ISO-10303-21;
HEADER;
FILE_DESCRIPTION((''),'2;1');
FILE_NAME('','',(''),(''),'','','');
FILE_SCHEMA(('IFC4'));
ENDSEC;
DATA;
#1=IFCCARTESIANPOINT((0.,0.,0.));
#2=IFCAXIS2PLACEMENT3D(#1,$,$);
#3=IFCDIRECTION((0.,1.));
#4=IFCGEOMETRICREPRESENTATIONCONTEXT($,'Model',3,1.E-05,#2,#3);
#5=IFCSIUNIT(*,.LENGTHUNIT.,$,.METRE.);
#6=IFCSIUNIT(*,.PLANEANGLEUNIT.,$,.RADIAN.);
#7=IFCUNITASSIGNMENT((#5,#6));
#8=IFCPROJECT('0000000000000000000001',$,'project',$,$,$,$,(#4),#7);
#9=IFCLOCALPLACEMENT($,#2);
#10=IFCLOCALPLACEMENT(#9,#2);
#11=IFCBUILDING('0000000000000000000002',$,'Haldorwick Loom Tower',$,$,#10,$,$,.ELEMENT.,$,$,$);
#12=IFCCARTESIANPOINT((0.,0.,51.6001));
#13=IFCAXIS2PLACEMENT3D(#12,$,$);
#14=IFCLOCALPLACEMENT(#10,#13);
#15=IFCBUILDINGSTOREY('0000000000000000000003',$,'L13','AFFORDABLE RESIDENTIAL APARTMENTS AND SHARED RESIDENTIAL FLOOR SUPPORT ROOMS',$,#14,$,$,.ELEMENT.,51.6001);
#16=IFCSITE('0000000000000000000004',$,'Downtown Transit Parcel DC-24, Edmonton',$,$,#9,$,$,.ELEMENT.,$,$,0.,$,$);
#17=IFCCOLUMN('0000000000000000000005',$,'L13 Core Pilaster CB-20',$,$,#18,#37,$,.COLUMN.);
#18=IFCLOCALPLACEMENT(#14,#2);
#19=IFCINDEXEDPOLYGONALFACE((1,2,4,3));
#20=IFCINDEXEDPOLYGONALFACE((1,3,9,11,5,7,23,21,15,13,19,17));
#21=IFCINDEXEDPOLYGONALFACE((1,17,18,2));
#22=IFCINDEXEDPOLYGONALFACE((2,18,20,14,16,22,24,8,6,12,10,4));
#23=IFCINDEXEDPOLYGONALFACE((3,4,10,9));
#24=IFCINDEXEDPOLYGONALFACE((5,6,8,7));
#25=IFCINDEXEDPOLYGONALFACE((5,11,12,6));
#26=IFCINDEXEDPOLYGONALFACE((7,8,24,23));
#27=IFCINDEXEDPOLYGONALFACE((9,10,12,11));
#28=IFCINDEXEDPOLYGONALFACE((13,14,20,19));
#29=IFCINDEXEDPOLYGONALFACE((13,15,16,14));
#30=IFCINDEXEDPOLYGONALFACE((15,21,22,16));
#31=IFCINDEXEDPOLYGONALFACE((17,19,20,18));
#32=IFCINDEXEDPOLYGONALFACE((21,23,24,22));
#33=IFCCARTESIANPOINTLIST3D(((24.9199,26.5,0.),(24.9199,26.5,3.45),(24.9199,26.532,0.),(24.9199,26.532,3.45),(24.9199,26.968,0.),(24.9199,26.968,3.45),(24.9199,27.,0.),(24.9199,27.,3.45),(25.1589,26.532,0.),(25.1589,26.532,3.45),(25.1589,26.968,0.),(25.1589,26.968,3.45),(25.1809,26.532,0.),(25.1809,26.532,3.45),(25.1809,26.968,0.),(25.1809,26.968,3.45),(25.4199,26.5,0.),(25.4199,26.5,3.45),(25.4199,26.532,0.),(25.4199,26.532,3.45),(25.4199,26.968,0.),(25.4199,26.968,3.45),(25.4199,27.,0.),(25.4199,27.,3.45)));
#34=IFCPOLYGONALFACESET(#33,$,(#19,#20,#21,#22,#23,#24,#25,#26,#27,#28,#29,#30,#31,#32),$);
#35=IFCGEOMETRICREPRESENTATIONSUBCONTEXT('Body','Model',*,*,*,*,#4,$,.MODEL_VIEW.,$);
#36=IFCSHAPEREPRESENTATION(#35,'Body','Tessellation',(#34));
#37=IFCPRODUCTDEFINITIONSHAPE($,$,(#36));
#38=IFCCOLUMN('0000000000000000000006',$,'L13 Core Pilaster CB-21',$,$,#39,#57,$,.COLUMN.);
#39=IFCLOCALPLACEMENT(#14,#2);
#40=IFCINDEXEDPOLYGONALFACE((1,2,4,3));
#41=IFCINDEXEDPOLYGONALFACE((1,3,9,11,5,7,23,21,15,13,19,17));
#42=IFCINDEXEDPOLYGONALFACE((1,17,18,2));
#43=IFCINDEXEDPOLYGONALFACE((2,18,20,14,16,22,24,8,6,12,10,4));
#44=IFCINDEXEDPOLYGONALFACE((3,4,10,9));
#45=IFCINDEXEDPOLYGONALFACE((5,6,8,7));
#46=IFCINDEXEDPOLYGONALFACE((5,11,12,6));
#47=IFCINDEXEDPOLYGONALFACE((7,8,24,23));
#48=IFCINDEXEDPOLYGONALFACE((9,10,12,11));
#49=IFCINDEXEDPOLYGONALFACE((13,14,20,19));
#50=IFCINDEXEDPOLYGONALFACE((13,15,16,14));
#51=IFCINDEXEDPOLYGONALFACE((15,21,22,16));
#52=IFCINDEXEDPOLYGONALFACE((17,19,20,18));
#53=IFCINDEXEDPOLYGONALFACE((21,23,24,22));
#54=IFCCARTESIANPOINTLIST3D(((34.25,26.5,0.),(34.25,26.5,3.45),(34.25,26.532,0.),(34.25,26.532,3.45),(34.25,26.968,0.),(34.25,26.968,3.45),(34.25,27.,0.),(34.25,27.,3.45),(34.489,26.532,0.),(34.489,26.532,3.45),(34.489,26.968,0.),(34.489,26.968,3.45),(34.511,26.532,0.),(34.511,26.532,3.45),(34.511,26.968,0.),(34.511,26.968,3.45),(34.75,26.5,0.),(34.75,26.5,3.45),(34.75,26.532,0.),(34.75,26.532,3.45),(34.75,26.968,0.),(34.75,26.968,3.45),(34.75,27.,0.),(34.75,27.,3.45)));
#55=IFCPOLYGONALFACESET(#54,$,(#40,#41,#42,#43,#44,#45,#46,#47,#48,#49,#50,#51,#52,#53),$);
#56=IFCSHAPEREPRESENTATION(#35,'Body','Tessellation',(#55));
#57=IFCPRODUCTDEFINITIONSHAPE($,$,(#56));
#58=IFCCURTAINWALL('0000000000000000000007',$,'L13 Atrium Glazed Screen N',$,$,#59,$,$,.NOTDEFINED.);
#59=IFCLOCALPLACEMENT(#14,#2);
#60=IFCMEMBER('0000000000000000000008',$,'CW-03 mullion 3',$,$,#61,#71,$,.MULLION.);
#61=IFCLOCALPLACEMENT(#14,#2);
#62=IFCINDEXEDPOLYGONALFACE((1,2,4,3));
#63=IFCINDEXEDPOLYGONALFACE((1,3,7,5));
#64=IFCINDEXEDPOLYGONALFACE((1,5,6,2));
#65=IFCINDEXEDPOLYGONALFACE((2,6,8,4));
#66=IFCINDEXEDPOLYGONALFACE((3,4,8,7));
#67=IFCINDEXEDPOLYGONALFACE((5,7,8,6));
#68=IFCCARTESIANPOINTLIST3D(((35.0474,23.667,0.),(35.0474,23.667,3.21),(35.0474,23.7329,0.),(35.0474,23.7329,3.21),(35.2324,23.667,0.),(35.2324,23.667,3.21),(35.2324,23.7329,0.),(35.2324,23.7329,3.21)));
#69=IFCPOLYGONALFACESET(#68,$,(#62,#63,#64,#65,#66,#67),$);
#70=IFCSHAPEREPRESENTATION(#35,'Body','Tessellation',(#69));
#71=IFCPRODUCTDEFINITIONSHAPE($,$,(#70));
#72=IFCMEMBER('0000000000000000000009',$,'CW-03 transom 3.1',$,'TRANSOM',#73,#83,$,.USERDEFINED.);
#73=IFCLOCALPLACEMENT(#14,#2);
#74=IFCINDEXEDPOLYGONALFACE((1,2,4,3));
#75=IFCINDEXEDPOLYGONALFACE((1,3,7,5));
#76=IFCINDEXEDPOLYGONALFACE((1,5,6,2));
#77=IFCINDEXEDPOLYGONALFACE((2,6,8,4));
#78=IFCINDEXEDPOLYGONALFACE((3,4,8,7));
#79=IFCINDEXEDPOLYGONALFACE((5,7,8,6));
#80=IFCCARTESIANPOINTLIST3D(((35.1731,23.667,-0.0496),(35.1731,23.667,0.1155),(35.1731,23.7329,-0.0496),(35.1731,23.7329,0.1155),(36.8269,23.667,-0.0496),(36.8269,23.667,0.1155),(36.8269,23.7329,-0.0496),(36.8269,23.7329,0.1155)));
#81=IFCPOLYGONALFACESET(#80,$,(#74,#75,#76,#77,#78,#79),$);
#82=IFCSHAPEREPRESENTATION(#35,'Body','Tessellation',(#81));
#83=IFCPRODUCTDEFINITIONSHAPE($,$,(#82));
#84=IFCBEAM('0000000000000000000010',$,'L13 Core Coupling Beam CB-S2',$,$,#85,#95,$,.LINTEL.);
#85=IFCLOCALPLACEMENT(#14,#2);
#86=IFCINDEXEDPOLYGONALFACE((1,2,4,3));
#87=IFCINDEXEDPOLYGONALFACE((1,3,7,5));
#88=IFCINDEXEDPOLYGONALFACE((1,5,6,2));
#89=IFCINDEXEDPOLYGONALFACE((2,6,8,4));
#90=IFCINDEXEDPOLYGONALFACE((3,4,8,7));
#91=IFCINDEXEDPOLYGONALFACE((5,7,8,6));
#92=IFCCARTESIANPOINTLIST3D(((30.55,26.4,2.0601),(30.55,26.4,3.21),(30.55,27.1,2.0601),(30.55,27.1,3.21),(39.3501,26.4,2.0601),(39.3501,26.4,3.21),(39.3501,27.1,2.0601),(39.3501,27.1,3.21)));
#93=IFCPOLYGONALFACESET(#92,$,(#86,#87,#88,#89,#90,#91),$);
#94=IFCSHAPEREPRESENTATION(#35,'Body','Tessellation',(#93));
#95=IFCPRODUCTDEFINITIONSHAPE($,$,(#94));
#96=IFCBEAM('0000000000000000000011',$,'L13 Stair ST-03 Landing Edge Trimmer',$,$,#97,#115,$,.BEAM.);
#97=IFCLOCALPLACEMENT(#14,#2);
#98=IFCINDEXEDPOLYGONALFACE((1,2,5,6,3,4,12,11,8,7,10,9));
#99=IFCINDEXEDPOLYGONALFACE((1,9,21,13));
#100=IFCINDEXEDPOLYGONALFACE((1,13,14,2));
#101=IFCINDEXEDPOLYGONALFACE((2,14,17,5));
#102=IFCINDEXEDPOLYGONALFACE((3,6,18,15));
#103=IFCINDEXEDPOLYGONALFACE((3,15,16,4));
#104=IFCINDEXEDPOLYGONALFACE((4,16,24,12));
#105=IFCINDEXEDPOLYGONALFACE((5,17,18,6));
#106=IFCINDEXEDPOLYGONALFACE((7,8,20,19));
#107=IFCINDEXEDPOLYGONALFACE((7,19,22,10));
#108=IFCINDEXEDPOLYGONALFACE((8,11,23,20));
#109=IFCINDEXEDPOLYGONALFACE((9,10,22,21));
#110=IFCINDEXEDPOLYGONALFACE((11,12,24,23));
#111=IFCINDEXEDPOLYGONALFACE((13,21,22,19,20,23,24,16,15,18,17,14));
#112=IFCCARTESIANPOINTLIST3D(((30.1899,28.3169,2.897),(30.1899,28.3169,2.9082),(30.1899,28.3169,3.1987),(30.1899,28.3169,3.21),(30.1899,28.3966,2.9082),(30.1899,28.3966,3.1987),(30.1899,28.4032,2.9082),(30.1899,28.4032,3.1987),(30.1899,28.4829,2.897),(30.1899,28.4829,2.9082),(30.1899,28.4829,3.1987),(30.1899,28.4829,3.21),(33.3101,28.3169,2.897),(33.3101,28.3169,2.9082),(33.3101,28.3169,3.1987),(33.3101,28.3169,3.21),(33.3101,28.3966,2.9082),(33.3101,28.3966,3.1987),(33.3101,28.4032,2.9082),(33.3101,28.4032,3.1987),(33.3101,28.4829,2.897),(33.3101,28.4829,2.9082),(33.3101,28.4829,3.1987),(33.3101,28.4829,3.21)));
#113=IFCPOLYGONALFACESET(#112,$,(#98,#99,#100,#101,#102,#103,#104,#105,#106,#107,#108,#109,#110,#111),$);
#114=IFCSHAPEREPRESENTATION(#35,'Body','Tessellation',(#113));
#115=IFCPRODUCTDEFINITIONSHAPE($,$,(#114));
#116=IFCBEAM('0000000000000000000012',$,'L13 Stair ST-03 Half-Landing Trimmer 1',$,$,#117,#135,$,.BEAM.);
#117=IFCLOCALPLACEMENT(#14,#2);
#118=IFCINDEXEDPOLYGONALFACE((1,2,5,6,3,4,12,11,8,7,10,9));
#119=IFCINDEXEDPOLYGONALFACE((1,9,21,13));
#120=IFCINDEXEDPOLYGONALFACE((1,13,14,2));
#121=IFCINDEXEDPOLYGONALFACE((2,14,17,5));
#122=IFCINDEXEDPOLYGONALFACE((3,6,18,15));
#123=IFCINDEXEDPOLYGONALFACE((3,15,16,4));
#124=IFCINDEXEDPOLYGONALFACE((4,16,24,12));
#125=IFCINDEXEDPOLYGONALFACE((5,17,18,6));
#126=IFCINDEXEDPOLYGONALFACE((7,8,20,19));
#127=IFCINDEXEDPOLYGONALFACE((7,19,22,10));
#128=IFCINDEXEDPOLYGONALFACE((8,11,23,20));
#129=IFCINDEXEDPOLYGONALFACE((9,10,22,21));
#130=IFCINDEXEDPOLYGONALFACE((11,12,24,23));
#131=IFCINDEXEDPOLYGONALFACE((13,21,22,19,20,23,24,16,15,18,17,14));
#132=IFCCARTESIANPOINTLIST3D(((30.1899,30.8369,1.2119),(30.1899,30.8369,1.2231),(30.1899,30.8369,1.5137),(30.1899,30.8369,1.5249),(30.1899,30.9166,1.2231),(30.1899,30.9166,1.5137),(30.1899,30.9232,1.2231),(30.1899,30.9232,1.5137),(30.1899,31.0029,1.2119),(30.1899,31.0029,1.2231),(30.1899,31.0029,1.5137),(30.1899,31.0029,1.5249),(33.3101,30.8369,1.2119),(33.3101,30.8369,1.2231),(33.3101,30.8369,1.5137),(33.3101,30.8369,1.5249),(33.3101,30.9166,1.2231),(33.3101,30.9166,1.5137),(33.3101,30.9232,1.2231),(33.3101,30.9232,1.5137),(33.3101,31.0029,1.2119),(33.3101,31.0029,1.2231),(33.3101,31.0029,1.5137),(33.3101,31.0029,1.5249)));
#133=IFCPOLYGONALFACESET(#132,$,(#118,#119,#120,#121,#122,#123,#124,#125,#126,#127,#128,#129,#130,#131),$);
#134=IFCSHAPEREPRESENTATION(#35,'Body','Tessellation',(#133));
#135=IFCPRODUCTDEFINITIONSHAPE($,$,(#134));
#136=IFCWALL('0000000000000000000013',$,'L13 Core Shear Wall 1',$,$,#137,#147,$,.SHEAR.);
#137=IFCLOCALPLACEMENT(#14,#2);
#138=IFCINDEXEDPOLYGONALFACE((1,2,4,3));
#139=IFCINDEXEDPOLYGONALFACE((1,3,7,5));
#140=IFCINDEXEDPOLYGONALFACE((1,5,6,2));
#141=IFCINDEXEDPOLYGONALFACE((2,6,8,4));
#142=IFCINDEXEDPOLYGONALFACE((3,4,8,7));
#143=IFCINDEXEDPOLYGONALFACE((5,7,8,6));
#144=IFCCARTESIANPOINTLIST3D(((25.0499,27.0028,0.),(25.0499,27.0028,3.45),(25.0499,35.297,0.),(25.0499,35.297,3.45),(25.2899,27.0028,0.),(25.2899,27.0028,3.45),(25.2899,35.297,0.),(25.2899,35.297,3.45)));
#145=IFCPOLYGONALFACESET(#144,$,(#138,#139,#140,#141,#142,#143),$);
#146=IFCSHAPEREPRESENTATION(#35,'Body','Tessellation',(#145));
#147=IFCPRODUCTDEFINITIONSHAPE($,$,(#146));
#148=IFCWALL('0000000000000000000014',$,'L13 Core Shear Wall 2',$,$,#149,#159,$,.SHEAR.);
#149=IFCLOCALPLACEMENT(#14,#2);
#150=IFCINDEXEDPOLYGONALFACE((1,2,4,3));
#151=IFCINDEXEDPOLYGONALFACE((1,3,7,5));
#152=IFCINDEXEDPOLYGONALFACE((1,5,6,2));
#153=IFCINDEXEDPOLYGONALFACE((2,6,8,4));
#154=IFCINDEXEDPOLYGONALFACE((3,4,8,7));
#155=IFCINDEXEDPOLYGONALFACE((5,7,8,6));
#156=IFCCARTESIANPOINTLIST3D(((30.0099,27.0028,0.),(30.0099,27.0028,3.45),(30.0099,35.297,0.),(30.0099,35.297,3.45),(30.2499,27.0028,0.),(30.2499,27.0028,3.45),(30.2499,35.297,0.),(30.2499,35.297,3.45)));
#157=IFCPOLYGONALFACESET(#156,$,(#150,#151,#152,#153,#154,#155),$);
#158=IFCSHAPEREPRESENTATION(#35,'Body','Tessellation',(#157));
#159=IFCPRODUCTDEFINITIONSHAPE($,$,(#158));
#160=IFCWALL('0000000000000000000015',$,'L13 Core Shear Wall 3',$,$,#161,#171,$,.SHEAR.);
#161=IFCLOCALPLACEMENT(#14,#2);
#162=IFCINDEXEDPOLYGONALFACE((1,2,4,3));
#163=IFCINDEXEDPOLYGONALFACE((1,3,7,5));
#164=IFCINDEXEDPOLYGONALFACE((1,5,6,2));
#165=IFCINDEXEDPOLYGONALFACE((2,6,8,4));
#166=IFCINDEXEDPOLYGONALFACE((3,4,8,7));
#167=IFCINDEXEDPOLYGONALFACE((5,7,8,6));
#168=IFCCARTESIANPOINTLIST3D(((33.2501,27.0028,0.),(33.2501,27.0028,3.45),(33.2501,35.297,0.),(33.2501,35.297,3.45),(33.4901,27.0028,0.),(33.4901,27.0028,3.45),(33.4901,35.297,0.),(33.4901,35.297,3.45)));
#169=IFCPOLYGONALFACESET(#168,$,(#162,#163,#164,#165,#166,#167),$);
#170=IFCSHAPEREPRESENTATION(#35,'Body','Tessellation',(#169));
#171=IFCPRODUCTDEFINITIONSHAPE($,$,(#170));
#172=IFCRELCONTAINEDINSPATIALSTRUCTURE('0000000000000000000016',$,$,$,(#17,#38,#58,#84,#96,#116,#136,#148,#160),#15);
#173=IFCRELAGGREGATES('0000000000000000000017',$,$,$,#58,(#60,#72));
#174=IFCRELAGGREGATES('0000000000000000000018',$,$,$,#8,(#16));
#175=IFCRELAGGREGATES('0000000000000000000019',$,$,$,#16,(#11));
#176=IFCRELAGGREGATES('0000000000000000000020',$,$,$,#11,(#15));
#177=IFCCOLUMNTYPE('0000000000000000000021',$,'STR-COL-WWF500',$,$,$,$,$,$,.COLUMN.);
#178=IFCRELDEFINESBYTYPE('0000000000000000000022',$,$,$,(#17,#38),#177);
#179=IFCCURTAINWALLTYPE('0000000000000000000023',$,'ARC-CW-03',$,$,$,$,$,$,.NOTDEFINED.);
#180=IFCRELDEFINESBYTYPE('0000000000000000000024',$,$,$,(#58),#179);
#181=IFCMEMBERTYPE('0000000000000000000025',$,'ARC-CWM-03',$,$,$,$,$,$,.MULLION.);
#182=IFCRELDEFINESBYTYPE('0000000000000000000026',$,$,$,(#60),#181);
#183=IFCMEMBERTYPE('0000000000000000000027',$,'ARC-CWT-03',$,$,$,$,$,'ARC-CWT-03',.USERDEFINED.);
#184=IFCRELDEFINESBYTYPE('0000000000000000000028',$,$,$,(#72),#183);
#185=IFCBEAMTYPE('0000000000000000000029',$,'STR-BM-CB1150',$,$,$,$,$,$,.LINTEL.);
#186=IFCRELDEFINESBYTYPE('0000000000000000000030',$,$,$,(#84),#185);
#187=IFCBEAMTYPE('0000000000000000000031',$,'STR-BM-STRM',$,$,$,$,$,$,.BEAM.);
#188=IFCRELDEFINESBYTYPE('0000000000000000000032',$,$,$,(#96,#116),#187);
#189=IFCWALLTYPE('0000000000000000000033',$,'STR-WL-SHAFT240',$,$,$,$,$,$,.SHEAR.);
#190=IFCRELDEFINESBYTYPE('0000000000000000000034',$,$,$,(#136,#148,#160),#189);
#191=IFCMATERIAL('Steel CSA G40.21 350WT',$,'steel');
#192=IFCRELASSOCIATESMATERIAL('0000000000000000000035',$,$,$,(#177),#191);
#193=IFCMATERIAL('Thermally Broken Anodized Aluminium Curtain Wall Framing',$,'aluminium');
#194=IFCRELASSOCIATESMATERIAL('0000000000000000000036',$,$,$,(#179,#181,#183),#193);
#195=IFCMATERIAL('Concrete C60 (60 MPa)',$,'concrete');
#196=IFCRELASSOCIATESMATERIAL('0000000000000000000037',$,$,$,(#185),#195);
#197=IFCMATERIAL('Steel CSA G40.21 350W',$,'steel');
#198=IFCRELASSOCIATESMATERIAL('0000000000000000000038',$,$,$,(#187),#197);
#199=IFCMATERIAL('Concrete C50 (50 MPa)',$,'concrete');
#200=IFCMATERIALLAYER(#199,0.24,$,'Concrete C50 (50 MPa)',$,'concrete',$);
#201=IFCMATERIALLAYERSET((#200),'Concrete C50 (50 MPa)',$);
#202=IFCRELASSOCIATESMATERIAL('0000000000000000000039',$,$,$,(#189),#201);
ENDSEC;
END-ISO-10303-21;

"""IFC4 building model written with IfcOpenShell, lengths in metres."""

from ifc_helpers import new_model, si_unit, direction, frame, frame_2d, origin, origin_2d, place, context, subcontext, project, spatial, rectangle, i_section, extrude, material, layer, layer_set, material_profile, profile_set, type_object, element, aggregate, save


model = new_model("IFC4")

# Units and contexts
model_context = context("Model", 3, precision=1e-05, world=origin(), true_north=direction((0.0, 1.0)))
body_context = subcontext(model_context, "Body", "Model", "MODEL_VIEW")
ifc_project = project(units=[si_unit("LENGTHUNIT", "METRE"), si_unit("PLANEANGLEUNIT", "RADIAN")], contexts=[model_context])

# Site, building, storey
site_placement = place(None, origin())
site = spatial("IfcSite", under=ifc_project, at=site_placement, Name="Downtown Transit Parcel DC-24, Edmonton", CompositionType="ELEMENT", RefElevation=0.0)
building_placement = place(site_placement, origin())
building = spatial("IfcBuilding", under=site, at=building_placement, Name="Haldorwick Loom Tower", CompositionType="ELEMENT")
storey_placement = place(building_placement, frame((0.0, 0.0, 51.6001)))
storey = spatial("IfcBuildingStorey", under=building, at=storey_placement, Name="L13", Description="AFFORDABLE RESIDENTIAL APARTMENTS AND SHARED RESIDENTIAL FLOOR SUPPORT ROOMS", CompositionType="ELEMENT", Elevation=51.6001)

# Columns
ifc_material_1 = material(Name="Steel CSA G40.21 350WT", Category="steel")
ifc_material_profile_1 = material_profile(ifc_material_1, i_section(OverallWidth=0.5, OverallDepth=0.5, WebThickness=0.022, FlangeThickness=0.032, at=origin_2d()), Name="WWF500X500", Category="steel")
ifc_profile_set_1 = profile_set([ifc_material_profile_1], Name="Steel CSA G40.21 350WT")
column_type = type_object("IfcColumnType", Name="STR-COL-WWF500", PredefinedType="COLUMN", material=ifc_profile_set_1)
for number, where, z_axis, x_axis, name in (
    (1, (25.1699, 26.75, 0.0), (0.0, 0.0, 1.0), (1.0, 0.0, 0.0), "L13 Core Pilaster CB-20"),
    (2, (34.5, 26.75, 0.0), (0.0, 0.0, 1.0), (1.0, 0.0, 0.0), "L13 Core Pilaster CB-21"),
):
    element("IfcColumn", number, at=place(storey_placement, frame(where, z_axis=z_axis, x_axis=x_axis)), inside=storey, type_object=column_type, Name=name, PredefinedType="COLUMN", context=body_context, shape_type="SweptSolid", body=[
        extrude(i_section(OverallWidth=0.5, OverallDepth=0.5, WebThickness=0.022, FlangeThickness=0.032, at=origin_2d()), origin(), (0.0, 0.0, 1.0), 3.45),
    ])

# Curtain wall, members
ifc_material_2 = material(Name="Thermally Broken Anodized Aluminium Curtain Wall Framing", Category="aluminium")
curtain_wall_type = type_object("IfcCurtainWallType", Name="ARC-CW-03", PredefinedType="NOTDEFINED", material=ifc_material_2)
curtain_wall_placement = place(storey_placement, origin())
curtain_wall = element("IfcCurtainWall", 3, at=curtain_wall_placement, inside=storey, type_object=curtain_wall_type, Name="L13 Atrium Glazed Screen N", PredefinedType="NOTDEFINED")
ifc_material_profile_2 = material_profile(ifc_material_2, rectangle(XDim=0.0659, YDim=0.1851, at=origin_2d()), Name="ALU_MUL_66X185", Category="aluminium")
ifc_profile_set_2 = profile_set([ifc_material_profile_2], Name="Thermally Broken Anodized Aluminium Curtain Wall Framing")
member_type_1 = type_object("IfcMemberType", Name="ARC-CWM-03", PredefinedType="MULLION", material=ifc_profile_set_2)
member_1_placement = place(storey_placement, frame((35.1399, 23.7, 0.0), z_axis=(0.0, 0.0, 1.0), x_axis=(0.0, 1.0, 0.0)))
member_1 = element("IfcMember", 4, at=member_1_placement, type_object=member_type_1, Name="CW-03 mullion 3", PredefinedType="MULLION", context=body_context, shape_type="SweptSolid", body=[
    extrude(rectangle(XDim=0.0659, YDim=0.1851, at=origin_2d()), origin(), (0.0, 0.0, 1.0), 3.21),
])
ifc_material_profile_3 = material_profile(ifc_material_2, rectangle(XDim=0.0659, YDim=0.165, at=origin_2d()), Name="ALU_TRN_66X165", Category="aluminium")
ifc_profile_set_3 = profile_set([ifc_material_profile_3], Name="Thermally Broken Anodized Aluminium Curtain Wall Framing")
member_type_2 = type_object("IfcMemberType", Name="ARC-CWT-03", ElementType="ARC-CWT-03", PredefinedType="USERDEFINED", material=ifc_profile_set_3)
member_2_placement = place(storey_placement, frame((35.1731, 23.7, 0.033), z_axis=(1.0, 0.0, 0.0), x_axis=(0.0, 1.0, 0.0)))
member_2 = element("IfcMember", 5, at=member_2_placement, type_object=member_type_2, Name="CW-03 transom 3.1", ObjectType="TRANSOM", PredefinedType="USERDEFINED", context=body_context, shape_type="SweptSolid", body=[
    extrude(rectangle(XDim=0.0659, YDim=0.165, at=origin_2d()), origin(), (0.0, 0.0, 1.0), 1.6538),
])
aggregate(curtain_wall, [member_1, member_2])

# Beams
ifc_material_3 = material(Name="Concrete C60 (60 MPa)", Category="concrete")
ifc_material_profile_4 = material_profile(ifc_material_3, rectangle(XDim=0.7, YDim=1.1499, at=origin_2d()), Name="RC700X1150", Category="concrete")
ifc_profile_set_4 = profile_set([ifc_material_profile_4], Name="Concrete C60 (60 MPa)")
beam_type_1 = type_object("IfcBeamType", Name="STR-BM-CB1150", PredefinedType="LINTEL", material=ifc_profile_set_4)
beam_placement = place(storey_placement, frame((30.55, 26.75, 2.635), z_axis=(1.0, 0.0, 0.0), x_axis=(0.0, 1.0, 0.0)))
element("IfcBeam", 6, at=beam_placement, inside=storey, type_object=beam_type_1, Name="L13 Core Coupling Beam CB-S2", PredefinedType="LINTEL", context=body_context, shape_type="SweptSolid", body=[
    extrude(rectangle(XDim=0.7, YDim=1.1499, at=origin_2d()), origin(), (0.0, 0.0, 1.0), 8.8),
])
ifc_material_4 = material(Name="Steel CSA G40.21 350W", Category="steel")
ifc_material_profile_5 = material_profile(ifc_material_4, i_section(OverallWidth=0.166, OverallDepth=0.313, WebThickness=0.0066, FlangeThickness=0.0112, at=origin_2d()), Name="W310X45", Category="steel")
ifc_profile_set_5 = profile_set([ifc_material_profile_5], Name="Steel CSA G40.21 350W")
beam_type_2 = type_object("IfcBeamType", Name="STR-BM-STRM", PredefinedType="BEAM", material=ifc_profile_set_5)
for number, where, z_axis, x_axis, name in (
    (7, (30.1899, 28.3999, 3.0535), (1.0, 0.0, 0.0), (0.0, 1.0, 0.0), "L13 Stair ST-03 Landing Edge Trimmer"),
    (8, (30.1899, 30.9199, 1.3684), (1.0, 0.0, 0.0), (0.0, 1.0, 0.0), "L13 Stair ST-03 Half-Landing Trimmer 1"),
):
    element("IfcBeam", number, at=place(storey_placement, frame(where, z_axis=z_axis, x_axis=x_axis)), inside=storey, type_object=beam_type_2, Name=name, PredefinedType="BEAM", context=body_context, shape_type="SweptSolid", body=[
        extrude(i_section(OverallWidth=0.166, OverallDepth=0.313, WebThickness=0.0066, FlangeThickness=0.0112, at=origin_2d()), origin(), (0.0, 0.0, 1.0), 3.1201),
    ])

# Walls
ifc_material_5 = material(Name="Concrete C50 (50 MPa)", Category="concrete")
ifc_layer = layer(ifc_material_5, 0.24, Name="Concrete C50 (50 MPa)", Category="concrete")
ifc_layer_set = layer_set([ifc_layer], Name="Concrete C50 (50 MPa)")
wall_type = type_object("IfcWallType", Name="STR-WL-SHAFT240", PredefinedType="SHEAR", material=ifc_layer_set)
for number, where, z_axis, x_axis, name in (
    (9, (25.1699, 27.0029, 0.0), (0.0, 0.0, 1.0), (0.0, 1.0, 0.0), "L13 Core Shear Wall 1"),
    (10, (30.1299, 27.0029, 0.0), (0.0, 0.0, 1.0), (0.0, 1.0, 0.0), "L13 Core Shear Wall 2"),
    (11, (33.3701, 27.0029, 0.0), (0.0, 0.0, 1.0), (0.0, 1.0, 0.0), "L13 Core Shear Wall 3"),
):
    element("IfcWall", number, at=place(storey_placement, frame(where, z_axis=z_axis, x_axis=x_axis)), inside=storey, type_object=wall_type, Name=name, PredefinedType="SHEAR", context=body_context, shape_type="SweptSolid", body=[
        extrude(rectangle(XDim=8.2942, YDim=0.24, at=frame_2d((4.147, 0.0))), origin(), (0.0, 0.0, 1.0), 3.45),
    ])

save(model, "model.ifc")
